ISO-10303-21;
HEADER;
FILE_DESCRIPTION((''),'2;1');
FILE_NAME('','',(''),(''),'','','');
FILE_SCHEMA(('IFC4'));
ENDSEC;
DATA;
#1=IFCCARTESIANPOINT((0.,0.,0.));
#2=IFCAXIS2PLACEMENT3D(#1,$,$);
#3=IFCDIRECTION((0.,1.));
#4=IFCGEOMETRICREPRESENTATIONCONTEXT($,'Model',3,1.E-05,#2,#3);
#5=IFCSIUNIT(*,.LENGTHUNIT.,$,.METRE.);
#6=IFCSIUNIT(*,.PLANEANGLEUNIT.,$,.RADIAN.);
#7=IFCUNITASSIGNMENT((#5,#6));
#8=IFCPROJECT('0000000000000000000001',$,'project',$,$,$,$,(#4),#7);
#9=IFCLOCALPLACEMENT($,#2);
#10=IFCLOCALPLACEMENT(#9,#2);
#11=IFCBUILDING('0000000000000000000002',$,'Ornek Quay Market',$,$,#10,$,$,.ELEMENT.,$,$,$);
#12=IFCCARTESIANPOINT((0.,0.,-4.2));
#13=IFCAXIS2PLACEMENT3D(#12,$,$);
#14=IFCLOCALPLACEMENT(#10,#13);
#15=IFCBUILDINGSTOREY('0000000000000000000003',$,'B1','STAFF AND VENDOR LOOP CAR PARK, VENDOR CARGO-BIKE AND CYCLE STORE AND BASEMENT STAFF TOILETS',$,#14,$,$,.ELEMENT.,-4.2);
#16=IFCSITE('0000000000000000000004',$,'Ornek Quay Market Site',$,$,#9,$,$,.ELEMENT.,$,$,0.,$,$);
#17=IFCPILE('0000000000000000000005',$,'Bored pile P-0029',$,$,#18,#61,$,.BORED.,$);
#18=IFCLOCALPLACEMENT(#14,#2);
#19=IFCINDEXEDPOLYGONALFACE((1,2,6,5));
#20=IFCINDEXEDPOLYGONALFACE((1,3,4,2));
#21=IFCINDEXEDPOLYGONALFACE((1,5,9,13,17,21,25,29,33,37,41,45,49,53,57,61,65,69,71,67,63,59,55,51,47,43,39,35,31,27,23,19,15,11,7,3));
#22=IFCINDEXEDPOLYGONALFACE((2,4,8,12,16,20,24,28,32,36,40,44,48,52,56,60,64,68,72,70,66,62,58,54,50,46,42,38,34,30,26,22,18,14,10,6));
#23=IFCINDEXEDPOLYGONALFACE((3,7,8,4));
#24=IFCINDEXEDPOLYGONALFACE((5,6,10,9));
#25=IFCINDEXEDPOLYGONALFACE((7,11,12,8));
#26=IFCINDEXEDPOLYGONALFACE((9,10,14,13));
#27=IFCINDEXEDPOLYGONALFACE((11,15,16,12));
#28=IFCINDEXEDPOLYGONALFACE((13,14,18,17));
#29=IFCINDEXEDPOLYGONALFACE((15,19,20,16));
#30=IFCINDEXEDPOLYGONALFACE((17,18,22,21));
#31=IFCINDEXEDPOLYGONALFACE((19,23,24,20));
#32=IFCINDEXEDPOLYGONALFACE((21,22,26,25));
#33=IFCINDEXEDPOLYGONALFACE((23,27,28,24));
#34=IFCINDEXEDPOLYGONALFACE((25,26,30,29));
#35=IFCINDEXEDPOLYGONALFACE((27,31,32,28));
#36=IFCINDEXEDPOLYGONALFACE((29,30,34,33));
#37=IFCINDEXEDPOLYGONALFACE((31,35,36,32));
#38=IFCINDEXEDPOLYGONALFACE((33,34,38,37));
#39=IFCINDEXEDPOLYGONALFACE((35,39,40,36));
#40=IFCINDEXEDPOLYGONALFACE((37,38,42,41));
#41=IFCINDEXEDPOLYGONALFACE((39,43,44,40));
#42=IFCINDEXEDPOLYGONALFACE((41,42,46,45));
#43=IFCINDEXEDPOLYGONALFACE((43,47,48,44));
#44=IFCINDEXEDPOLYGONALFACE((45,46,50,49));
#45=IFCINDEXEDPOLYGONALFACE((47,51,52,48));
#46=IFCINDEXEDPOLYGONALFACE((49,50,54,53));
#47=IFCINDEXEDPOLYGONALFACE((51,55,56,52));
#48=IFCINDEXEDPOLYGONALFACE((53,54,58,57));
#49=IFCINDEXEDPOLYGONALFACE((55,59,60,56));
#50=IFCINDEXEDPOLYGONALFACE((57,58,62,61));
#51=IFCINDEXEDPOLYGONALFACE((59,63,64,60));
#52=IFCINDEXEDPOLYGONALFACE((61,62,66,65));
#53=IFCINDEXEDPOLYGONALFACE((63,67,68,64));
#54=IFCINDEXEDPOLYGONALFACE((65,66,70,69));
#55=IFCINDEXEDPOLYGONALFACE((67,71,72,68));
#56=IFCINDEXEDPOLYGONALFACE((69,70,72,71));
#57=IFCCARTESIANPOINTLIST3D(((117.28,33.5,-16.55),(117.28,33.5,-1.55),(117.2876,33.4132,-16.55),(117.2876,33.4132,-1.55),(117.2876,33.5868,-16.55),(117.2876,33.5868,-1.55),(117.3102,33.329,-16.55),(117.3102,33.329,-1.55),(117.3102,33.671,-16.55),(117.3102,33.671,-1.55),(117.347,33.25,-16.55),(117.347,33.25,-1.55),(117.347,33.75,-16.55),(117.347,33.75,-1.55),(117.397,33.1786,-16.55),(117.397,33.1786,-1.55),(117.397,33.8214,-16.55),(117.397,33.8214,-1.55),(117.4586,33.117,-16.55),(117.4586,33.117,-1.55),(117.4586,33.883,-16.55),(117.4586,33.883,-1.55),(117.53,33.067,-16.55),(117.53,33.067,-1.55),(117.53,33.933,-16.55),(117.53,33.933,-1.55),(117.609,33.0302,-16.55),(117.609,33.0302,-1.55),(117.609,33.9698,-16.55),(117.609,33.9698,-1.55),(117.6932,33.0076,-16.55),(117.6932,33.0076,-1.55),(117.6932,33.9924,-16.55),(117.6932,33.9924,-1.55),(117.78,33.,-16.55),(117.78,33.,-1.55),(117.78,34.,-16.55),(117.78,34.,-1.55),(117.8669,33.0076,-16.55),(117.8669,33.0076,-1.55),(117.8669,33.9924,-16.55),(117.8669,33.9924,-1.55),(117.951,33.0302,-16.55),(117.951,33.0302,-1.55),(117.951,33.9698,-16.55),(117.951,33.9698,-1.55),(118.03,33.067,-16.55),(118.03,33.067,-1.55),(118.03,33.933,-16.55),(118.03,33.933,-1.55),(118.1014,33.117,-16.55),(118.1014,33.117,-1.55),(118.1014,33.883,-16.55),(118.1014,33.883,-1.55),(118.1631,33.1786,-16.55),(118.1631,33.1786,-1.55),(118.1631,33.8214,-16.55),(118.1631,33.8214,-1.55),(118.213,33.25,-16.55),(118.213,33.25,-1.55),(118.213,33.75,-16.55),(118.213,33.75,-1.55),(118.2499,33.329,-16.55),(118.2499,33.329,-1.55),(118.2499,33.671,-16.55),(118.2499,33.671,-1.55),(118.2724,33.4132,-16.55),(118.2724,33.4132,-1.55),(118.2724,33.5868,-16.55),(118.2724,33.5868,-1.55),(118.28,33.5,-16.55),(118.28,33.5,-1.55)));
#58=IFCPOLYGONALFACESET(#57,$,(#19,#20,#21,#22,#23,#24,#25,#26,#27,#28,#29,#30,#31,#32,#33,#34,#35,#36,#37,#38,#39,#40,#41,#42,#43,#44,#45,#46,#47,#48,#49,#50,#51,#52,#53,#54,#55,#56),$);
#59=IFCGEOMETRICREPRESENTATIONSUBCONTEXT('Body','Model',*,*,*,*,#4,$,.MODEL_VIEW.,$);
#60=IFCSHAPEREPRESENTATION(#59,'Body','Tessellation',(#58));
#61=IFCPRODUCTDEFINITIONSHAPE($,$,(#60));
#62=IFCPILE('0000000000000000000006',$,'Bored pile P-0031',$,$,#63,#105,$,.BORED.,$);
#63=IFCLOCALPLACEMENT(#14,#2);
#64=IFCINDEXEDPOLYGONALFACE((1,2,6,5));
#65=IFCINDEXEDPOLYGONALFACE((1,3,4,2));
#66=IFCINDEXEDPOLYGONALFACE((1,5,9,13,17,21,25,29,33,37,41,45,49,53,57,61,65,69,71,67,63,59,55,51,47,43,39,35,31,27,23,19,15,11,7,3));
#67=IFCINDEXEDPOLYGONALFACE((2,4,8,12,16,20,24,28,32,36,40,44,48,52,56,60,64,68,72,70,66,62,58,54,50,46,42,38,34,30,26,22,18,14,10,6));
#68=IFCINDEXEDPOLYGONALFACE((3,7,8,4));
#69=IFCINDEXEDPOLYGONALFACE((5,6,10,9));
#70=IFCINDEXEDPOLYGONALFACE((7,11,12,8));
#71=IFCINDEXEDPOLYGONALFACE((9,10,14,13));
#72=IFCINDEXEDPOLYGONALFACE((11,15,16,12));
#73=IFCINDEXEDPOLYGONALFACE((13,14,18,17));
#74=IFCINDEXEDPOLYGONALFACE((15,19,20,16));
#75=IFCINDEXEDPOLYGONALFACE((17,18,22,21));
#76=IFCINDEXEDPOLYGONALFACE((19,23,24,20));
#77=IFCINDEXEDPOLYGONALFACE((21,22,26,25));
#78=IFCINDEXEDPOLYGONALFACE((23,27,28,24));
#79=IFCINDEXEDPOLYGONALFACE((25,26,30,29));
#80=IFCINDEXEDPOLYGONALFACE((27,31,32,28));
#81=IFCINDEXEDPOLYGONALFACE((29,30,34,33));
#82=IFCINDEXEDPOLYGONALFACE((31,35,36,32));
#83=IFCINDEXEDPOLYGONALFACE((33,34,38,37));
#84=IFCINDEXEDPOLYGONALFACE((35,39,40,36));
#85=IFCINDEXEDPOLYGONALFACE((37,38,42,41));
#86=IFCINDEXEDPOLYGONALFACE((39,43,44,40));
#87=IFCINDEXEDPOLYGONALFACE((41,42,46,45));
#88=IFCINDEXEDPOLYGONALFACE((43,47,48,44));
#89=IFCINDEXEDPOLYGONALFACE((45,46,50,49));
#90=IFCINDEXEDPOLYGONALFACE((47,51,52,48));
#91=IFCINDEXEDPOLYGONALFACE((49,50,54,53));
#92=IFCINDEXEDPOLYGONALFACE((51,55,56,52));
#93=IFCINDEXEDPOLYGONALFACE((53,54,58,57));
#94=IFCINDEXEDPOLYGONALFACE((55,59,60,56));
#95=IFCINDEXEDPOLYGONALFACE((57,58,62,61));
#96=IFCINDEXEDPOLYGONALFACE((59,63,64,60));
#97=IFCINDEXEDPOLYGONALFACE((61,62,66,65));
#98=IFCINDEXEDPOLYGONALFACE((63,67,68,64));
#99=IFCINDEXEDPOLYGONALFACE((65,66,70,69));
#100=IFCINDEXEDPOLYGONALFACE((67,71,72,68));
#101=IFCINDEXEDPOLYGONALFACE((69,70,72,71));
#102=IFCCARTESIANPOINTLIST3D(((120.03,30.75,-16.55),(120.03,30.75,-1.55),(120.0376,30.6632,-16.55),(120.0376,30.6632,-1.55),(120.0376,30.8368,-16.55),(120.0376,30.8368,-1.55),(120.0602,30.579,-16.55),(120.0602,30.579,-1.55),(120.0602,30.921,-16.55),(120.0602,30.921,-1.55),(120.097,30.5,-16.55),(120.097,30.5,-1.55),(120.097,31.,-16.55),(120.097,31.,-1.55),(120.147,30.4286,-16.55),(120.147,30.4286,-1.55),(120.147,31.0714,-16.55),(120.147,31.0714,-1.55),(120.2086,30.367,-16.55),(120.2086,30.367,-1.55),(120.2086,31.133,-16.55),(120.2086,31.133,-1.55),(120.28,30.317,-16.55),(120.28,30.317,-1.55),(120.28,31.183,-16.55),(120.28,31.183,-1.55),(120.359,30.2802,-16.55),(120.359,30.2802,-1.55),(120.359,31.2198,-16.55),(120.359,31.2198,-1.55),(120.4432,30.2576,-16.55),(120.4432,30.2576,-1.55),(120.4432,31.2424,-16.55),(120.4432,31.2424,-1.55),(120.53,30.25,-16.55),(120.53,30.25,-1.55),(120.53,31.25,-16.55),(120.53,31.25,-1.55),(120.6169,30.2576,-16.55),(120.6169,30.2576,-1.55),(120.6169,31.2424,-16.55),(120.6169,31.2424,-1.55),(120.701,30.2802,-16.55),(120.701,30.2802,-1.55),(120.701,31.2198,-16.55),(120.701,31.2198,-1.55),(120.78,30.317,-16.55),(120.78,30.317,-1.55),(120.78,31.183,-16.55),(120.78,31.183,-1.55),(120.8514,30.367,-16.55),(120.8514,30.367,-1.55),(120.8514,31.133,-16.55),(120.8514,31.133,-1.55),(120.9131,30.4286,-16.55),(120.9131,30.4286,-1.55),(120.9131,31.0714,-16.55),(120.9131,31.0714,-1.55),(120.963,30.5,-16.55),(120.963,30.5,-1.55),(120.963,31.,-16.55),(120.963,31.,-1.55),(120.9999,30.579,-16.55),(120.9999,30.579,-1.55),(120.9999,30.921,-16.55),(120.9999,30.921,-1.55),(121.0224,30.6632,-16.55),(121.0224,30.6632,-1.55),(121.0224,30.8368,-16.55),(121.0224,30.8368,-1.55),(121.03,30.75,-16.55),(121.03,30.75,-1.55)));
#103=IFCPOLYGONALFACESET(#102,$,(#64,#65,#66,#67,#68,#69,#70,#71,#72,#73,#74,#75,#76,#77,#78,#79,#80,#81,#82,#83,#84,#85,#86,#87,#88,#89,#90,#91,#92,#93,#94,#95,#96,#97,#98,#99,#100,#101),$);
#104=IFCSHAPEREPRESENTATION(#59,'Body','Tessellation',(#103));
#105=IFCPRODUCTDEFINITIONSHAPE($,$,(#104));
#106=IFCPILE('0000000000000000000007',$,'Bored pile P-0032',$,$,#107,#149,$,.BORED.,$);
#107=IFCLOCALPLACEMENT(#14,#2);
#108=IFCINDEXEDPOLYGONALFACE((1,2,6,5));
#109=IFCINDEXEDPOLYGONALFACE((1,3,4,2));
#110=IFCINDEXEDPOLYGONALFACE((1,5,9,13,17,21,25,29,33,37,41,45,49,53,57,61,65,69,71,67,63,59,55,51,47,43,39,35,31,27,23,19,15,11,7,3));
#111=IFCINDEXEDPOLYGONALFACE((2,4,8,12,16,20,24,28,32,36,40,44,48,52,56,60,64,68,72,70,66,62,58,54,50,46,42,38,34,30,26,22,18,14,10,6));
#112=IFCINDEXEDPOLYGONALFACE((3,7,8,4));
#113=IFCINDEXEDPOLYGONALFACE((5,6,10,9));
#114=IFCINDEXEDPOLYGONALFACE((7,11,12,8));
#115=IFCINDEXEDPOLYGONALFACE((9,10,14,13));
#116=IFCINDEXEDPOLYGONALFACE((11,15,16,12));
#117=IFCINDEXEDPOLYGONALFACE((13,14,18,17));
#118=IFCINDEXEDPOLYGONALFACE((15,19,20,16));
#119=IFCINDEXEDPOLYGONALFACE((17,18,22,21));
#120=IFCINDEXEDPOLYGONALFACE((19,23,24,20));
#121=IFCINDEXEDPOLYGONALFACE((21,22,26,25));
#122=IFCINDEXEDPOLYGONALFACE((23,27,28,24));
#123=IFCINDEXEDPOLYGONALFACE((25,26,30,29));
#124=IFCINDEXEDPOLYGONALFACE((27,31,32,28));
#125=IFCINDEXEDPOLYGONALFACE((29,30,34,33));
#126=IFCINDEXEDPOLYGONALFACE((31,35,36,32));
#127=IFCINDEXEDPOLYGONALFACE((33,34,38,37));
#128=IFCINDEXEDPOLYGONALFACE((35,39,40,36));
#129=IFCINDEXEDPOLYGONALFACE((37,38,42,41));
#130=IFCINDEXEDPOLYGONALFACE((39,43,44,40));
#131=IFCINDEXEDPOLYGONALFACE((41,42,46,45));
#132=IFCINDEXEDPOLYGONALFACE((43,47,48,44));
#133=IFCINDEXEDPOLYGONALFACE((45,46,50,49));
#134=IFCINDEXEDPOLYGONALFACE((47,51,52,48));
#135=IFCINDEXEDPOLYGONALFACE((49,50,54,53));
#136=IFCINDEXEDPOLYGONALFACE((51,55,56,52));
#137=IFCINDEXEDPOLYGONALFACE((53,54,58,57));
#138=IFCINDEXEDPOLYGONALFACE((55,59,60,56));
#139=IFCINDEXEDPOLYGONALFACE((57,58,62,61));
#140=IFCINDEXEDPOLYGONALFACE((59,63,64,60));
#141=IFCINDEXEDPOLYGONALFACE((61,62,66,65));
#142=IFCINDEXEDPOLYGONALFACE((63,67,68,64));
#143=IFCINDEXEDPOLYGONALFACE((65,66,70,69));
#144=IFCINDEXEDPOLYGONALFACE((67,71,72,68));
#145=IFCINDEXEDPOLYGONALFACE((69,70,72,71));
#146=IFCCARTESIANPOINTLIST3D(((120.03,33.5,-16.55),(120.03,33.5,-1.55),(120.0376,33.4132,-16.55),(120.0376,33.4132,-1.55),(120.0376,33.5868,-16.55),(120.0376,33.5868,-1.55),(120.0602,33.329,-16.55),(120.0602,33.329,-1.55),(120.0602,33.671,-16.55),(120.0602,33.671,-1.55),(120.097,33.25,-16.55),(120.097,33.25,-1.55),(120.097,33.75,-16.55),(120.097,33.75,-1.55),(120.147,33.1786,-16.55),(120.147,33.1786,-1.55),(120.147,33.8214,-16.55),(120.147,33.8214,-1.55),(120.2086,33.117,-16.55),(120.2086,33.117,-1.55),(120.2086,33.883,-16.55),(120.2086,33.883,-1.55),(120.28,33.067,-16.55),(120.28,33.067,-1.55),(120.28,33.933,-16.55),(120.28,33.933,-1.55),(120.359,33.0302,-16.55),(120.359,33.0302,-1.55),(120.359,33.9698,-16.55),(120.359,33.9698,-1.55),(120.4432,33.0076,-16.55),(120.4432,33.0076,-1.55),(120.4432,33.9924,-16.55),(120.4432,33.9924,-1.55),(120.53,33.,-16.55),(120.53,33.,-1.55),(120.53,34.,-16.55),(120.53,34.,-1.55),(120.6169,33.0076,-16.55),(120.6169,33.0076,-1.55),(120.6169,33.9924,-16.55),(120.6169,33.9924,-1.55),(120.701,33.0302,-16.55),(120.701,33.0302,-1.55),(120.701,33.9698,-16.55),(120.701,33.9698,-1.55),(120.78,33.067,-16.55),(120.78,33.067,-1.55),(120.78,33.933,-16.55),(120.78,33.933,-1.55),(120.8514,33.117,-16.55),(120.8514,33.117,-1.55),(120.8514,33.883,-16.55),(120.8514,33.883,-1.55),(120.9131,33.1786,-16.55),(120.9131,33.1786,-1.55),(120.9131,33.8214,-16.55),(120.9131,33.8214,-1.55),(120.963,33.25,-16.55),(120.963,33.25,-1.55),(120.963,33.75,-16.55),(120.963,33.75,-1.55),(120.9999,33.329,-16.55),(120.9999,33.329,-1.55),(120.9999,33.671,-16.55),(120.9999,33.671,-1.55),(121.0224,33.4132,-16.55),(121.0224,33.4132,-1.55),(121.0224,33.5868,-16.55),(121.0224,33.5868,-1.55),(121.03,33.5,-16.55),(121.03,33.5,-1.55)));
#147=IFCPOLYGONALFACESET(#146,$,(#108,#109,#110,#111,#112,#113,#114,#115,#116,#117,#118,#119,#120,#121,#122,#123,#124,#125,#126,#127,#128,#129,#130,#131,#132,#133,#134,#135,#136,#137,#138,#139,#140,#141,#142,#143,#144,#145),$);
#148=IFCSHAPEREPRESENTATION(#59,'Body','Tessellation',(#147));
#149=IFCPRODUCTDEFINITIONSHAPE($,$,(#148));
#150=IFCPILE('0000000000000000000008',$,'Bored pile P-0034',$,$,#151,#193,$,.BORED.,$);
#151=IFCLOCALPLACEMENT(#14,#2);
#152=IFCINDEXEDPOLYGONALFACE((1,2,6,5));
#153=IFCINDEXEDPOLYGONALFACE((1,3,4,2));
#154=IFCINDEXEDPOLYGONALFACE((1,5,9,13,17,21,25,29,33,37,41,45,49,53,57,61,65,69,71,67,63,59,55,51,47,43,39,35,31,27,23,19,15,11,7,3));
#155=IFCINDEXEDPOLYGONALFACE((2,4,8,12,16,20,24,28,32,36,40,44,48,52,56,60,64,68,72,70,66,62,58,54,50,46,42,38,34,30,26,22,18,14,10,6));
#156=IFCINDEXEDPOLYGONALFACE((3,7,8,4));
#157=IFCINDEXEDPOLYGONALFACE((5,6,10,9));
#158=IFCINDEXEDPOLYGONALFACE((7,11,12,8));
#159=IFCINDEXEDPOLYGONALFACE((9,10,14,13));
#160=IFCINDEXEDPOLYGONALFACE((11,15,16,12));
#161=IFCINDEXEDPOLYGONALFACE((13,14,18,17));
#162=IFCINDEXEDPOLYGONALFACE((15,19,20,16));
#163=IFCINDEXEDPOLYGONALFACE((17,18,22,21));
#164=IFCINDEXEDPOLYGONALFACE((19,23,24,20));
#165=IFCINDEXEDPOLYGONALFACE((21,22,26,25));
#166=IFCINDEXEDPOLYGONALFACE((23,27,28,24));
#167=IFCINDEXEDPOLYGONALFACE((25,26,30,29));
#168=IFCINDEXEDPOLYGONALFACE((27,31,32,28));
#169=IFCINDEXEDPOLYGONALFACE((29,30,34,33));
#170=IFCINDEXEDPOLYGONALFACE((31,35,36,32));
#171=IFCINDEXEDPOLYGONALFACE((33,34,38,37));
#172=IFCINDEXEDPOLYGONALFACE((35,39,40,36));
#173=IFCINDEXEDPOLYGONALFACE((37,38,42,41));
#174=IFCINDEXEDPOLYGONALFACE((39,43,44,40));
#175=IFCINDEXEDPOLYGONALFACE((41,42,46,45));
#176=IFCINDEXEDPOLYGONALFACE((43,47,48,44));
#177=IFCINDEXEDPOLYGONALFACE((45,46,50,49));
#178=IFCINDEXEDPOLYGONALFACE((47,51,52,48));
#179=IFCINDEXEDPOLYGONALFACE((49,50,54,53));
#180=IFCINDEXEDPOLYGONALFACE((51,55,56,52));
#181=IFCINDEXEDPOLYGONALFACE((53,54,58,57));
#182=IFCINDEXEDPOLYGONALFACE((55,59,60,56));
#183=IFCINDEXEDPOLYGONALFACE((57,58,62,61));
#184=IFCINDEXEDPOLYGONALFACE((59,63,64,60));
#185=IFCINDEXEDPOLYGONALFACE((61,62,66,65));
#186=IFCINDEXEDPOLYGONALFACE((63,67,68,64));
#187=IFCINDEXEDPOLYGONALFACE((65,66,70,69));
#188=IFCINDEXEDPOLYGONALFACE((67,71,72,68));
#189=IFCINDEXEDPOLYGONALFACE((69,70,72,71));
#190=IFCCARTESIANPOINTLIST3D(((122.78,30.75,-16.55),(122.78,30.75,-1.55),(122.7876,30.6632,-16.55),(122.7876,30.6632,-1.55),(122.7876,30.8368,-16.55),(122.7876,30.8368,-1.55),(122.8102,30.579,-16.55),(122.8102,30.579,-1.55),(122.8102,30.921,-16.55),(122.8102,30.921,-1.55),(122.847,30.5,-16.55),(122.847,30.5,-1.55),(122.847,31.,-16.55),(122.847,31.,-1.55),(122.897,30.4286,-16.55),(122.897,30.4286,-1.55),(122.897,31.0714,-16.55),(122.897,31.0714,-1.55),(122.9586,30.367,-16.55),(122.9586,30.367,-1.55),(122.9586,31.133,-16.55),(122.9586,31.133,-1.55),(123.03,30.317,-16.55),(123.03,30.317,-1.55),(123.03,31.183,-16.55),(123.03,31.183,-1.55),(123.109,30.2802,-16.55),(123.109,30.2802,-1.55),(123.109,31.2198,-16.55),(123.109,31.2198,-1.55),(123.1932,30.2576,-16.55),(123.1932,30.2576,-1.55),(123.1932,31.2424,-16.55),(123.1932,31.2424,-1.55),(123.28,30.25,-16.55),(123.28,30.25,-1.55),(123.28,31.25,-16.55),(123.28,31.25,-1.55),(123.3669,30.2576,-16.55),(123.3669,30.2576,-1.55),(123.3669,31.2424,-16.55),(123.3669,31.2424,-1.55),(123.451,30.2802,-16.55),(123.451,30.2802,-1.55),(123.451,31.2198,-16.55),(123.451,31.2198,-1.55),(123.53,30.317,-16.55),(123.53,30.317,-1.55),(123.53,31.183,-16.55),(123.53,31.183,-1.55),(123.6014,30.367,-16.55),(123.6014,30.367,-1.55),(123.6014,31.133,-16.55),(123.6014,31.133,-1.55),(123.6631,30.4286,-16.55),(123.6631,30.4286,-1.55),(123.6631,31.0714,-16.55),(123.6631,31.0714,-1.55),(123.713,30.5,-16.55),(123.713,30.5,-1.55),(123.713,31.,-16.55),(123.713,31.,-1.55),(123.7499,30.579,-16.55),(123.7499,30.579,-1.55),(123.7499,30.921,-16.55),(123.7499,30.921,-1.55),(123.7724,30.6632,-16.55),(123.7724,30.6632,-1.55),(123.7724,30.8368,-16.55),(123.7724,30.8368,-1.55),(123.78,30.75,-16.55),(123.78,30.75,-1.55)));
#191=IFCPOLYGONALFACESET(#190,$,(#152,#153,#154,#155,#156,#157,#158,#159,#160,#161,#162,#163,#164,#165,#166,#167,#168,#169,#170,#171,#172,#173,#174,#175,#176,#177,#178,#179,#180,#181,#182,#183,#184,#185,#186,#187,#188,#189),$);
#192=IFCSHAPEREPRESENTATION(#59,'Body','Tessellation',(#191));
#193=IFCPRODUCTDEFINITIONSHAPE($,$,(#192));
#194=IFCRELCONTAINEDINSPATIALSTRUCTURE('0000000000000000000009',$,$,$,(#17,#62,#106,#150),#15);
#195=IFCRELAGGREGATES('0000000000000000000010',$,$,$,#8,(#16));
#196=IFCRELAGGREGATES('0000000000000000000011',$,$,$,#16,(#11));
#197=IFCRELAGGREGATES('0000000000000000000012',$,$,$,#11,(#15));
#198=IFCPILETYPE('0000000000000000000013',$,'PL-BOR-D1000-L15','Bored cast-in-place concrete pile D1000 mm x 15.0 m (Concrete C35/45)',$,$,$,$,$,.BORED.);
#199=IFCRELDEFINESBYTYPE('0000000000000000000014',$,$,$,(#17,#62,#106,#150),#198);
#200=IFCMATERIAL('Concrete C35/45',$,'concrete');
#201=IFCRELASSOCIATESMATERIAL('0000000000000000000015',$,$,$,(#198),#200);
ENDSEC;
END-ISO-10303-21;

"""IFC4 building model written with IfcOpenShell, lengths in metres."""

from ifc_helpers import new_model, si_unit, direction, frame, origin, origin_2d, place, context, subcontext, project, spatial, circle, extrude, material, material_profile, profile_set, type_object, element, save


model = new_model("IFC4")

# Units and contexts
model_context = context("Model", 3, precision=1e-05, world=origin(), true_north=direction((0.0, 1.0)))
body_context = subcontext(model_context, "Body", "Model", "MODEL_VIEW")
ifc_project = project(units=[si_unit("LENGTHUNIT", "METRE"), si_unit("PLANEANGLEUNIT", "RADIAN")], contexts=[model_context])

# Site, building, storey
site_placement = place(None, origin())
site = spatial("IfcSite", under=ifc_project, at=site_placement, Name="Ornek Quay Market Site", CompositionType="ELEMENT", RefElevation=0.0)
building_placement = place(site_placement, origin())
building = spatial("IfcBuilding", under=site, at=building_placement, Name="Ornek Quay Market", CompositionType="ELEMENT")
storey_placement = place(building_placement, frame((0.0, 0.0, -4.2)))
storey = spatial("IfcBuildingStorey", under=building, at=storey_placement, Name="B1", Description="STAFF AND VENDOR LOOP CAR PARK, VENDOR CARGO-BIKE AND CYCLE STORE AND BASEMENT STAFF TOILETS", CompositionType="ELEMENT", Elevation=-4.2)

# Piles
ifc_material_1 = material(Name="Concrete C35/45", Category="concrete")
ifc_material_profile_1 = material_profile(ifc_material_1, circle(Radius=0.5, at=origin_2d()), Name="PILE D1000", Category="concrete")
ifc_profile_set_1 = profile_set([ifc_material_profile_1], Name="Concrete C35/45")
pile_type_1 = type_object("IfcPileType", Name="PL-BOR-D1000-L15", Description="Bored cast-in-place concrete pile D1000 mm x 15.0 m (Concrete C35/45)", PredefinedType="BORED", material=ifc_profile_set_1)
for number, where, z_axis, x_axis, name in (
    (1, (117.78, 33.5, -1.55), (0.0, 0.0, -1.0), (1.0, 0.0, 0.0), "Bored pile P-0029"),
    (2, (120.53, 30.75, -1.55), (0.0, 0.0, -1.0), (1.0, 0.0, 0.0), "Bored pile P-0031"),
    (3, (120.53, 33.5, -1.55), (0.0, 0.0, -1.0), (1.0, 0.0, 0.0), "Bored pile P-0032"),
    (4, (123.28, 30.75, -1.55), (0.0, 0.0, -1.0), (1.0, 0.0, 0.0), "Bored pile P-0034"),
):
    element("IfcPile", number, at=place(storey_placement, frame(where, z_axis=z_axis, x_axis=x_axis)), inside=storey, type_object=pile_type_1, Name=name, PredefinedType="BORED", context=body_context, shape_type="SweptSolid", body=[
        extrude(circle(Radius=0.5, at=origin_2d()), origin(), (0.0, 0.0, 1.0), 15.0),
    ])

save(model, "model.ifc")
